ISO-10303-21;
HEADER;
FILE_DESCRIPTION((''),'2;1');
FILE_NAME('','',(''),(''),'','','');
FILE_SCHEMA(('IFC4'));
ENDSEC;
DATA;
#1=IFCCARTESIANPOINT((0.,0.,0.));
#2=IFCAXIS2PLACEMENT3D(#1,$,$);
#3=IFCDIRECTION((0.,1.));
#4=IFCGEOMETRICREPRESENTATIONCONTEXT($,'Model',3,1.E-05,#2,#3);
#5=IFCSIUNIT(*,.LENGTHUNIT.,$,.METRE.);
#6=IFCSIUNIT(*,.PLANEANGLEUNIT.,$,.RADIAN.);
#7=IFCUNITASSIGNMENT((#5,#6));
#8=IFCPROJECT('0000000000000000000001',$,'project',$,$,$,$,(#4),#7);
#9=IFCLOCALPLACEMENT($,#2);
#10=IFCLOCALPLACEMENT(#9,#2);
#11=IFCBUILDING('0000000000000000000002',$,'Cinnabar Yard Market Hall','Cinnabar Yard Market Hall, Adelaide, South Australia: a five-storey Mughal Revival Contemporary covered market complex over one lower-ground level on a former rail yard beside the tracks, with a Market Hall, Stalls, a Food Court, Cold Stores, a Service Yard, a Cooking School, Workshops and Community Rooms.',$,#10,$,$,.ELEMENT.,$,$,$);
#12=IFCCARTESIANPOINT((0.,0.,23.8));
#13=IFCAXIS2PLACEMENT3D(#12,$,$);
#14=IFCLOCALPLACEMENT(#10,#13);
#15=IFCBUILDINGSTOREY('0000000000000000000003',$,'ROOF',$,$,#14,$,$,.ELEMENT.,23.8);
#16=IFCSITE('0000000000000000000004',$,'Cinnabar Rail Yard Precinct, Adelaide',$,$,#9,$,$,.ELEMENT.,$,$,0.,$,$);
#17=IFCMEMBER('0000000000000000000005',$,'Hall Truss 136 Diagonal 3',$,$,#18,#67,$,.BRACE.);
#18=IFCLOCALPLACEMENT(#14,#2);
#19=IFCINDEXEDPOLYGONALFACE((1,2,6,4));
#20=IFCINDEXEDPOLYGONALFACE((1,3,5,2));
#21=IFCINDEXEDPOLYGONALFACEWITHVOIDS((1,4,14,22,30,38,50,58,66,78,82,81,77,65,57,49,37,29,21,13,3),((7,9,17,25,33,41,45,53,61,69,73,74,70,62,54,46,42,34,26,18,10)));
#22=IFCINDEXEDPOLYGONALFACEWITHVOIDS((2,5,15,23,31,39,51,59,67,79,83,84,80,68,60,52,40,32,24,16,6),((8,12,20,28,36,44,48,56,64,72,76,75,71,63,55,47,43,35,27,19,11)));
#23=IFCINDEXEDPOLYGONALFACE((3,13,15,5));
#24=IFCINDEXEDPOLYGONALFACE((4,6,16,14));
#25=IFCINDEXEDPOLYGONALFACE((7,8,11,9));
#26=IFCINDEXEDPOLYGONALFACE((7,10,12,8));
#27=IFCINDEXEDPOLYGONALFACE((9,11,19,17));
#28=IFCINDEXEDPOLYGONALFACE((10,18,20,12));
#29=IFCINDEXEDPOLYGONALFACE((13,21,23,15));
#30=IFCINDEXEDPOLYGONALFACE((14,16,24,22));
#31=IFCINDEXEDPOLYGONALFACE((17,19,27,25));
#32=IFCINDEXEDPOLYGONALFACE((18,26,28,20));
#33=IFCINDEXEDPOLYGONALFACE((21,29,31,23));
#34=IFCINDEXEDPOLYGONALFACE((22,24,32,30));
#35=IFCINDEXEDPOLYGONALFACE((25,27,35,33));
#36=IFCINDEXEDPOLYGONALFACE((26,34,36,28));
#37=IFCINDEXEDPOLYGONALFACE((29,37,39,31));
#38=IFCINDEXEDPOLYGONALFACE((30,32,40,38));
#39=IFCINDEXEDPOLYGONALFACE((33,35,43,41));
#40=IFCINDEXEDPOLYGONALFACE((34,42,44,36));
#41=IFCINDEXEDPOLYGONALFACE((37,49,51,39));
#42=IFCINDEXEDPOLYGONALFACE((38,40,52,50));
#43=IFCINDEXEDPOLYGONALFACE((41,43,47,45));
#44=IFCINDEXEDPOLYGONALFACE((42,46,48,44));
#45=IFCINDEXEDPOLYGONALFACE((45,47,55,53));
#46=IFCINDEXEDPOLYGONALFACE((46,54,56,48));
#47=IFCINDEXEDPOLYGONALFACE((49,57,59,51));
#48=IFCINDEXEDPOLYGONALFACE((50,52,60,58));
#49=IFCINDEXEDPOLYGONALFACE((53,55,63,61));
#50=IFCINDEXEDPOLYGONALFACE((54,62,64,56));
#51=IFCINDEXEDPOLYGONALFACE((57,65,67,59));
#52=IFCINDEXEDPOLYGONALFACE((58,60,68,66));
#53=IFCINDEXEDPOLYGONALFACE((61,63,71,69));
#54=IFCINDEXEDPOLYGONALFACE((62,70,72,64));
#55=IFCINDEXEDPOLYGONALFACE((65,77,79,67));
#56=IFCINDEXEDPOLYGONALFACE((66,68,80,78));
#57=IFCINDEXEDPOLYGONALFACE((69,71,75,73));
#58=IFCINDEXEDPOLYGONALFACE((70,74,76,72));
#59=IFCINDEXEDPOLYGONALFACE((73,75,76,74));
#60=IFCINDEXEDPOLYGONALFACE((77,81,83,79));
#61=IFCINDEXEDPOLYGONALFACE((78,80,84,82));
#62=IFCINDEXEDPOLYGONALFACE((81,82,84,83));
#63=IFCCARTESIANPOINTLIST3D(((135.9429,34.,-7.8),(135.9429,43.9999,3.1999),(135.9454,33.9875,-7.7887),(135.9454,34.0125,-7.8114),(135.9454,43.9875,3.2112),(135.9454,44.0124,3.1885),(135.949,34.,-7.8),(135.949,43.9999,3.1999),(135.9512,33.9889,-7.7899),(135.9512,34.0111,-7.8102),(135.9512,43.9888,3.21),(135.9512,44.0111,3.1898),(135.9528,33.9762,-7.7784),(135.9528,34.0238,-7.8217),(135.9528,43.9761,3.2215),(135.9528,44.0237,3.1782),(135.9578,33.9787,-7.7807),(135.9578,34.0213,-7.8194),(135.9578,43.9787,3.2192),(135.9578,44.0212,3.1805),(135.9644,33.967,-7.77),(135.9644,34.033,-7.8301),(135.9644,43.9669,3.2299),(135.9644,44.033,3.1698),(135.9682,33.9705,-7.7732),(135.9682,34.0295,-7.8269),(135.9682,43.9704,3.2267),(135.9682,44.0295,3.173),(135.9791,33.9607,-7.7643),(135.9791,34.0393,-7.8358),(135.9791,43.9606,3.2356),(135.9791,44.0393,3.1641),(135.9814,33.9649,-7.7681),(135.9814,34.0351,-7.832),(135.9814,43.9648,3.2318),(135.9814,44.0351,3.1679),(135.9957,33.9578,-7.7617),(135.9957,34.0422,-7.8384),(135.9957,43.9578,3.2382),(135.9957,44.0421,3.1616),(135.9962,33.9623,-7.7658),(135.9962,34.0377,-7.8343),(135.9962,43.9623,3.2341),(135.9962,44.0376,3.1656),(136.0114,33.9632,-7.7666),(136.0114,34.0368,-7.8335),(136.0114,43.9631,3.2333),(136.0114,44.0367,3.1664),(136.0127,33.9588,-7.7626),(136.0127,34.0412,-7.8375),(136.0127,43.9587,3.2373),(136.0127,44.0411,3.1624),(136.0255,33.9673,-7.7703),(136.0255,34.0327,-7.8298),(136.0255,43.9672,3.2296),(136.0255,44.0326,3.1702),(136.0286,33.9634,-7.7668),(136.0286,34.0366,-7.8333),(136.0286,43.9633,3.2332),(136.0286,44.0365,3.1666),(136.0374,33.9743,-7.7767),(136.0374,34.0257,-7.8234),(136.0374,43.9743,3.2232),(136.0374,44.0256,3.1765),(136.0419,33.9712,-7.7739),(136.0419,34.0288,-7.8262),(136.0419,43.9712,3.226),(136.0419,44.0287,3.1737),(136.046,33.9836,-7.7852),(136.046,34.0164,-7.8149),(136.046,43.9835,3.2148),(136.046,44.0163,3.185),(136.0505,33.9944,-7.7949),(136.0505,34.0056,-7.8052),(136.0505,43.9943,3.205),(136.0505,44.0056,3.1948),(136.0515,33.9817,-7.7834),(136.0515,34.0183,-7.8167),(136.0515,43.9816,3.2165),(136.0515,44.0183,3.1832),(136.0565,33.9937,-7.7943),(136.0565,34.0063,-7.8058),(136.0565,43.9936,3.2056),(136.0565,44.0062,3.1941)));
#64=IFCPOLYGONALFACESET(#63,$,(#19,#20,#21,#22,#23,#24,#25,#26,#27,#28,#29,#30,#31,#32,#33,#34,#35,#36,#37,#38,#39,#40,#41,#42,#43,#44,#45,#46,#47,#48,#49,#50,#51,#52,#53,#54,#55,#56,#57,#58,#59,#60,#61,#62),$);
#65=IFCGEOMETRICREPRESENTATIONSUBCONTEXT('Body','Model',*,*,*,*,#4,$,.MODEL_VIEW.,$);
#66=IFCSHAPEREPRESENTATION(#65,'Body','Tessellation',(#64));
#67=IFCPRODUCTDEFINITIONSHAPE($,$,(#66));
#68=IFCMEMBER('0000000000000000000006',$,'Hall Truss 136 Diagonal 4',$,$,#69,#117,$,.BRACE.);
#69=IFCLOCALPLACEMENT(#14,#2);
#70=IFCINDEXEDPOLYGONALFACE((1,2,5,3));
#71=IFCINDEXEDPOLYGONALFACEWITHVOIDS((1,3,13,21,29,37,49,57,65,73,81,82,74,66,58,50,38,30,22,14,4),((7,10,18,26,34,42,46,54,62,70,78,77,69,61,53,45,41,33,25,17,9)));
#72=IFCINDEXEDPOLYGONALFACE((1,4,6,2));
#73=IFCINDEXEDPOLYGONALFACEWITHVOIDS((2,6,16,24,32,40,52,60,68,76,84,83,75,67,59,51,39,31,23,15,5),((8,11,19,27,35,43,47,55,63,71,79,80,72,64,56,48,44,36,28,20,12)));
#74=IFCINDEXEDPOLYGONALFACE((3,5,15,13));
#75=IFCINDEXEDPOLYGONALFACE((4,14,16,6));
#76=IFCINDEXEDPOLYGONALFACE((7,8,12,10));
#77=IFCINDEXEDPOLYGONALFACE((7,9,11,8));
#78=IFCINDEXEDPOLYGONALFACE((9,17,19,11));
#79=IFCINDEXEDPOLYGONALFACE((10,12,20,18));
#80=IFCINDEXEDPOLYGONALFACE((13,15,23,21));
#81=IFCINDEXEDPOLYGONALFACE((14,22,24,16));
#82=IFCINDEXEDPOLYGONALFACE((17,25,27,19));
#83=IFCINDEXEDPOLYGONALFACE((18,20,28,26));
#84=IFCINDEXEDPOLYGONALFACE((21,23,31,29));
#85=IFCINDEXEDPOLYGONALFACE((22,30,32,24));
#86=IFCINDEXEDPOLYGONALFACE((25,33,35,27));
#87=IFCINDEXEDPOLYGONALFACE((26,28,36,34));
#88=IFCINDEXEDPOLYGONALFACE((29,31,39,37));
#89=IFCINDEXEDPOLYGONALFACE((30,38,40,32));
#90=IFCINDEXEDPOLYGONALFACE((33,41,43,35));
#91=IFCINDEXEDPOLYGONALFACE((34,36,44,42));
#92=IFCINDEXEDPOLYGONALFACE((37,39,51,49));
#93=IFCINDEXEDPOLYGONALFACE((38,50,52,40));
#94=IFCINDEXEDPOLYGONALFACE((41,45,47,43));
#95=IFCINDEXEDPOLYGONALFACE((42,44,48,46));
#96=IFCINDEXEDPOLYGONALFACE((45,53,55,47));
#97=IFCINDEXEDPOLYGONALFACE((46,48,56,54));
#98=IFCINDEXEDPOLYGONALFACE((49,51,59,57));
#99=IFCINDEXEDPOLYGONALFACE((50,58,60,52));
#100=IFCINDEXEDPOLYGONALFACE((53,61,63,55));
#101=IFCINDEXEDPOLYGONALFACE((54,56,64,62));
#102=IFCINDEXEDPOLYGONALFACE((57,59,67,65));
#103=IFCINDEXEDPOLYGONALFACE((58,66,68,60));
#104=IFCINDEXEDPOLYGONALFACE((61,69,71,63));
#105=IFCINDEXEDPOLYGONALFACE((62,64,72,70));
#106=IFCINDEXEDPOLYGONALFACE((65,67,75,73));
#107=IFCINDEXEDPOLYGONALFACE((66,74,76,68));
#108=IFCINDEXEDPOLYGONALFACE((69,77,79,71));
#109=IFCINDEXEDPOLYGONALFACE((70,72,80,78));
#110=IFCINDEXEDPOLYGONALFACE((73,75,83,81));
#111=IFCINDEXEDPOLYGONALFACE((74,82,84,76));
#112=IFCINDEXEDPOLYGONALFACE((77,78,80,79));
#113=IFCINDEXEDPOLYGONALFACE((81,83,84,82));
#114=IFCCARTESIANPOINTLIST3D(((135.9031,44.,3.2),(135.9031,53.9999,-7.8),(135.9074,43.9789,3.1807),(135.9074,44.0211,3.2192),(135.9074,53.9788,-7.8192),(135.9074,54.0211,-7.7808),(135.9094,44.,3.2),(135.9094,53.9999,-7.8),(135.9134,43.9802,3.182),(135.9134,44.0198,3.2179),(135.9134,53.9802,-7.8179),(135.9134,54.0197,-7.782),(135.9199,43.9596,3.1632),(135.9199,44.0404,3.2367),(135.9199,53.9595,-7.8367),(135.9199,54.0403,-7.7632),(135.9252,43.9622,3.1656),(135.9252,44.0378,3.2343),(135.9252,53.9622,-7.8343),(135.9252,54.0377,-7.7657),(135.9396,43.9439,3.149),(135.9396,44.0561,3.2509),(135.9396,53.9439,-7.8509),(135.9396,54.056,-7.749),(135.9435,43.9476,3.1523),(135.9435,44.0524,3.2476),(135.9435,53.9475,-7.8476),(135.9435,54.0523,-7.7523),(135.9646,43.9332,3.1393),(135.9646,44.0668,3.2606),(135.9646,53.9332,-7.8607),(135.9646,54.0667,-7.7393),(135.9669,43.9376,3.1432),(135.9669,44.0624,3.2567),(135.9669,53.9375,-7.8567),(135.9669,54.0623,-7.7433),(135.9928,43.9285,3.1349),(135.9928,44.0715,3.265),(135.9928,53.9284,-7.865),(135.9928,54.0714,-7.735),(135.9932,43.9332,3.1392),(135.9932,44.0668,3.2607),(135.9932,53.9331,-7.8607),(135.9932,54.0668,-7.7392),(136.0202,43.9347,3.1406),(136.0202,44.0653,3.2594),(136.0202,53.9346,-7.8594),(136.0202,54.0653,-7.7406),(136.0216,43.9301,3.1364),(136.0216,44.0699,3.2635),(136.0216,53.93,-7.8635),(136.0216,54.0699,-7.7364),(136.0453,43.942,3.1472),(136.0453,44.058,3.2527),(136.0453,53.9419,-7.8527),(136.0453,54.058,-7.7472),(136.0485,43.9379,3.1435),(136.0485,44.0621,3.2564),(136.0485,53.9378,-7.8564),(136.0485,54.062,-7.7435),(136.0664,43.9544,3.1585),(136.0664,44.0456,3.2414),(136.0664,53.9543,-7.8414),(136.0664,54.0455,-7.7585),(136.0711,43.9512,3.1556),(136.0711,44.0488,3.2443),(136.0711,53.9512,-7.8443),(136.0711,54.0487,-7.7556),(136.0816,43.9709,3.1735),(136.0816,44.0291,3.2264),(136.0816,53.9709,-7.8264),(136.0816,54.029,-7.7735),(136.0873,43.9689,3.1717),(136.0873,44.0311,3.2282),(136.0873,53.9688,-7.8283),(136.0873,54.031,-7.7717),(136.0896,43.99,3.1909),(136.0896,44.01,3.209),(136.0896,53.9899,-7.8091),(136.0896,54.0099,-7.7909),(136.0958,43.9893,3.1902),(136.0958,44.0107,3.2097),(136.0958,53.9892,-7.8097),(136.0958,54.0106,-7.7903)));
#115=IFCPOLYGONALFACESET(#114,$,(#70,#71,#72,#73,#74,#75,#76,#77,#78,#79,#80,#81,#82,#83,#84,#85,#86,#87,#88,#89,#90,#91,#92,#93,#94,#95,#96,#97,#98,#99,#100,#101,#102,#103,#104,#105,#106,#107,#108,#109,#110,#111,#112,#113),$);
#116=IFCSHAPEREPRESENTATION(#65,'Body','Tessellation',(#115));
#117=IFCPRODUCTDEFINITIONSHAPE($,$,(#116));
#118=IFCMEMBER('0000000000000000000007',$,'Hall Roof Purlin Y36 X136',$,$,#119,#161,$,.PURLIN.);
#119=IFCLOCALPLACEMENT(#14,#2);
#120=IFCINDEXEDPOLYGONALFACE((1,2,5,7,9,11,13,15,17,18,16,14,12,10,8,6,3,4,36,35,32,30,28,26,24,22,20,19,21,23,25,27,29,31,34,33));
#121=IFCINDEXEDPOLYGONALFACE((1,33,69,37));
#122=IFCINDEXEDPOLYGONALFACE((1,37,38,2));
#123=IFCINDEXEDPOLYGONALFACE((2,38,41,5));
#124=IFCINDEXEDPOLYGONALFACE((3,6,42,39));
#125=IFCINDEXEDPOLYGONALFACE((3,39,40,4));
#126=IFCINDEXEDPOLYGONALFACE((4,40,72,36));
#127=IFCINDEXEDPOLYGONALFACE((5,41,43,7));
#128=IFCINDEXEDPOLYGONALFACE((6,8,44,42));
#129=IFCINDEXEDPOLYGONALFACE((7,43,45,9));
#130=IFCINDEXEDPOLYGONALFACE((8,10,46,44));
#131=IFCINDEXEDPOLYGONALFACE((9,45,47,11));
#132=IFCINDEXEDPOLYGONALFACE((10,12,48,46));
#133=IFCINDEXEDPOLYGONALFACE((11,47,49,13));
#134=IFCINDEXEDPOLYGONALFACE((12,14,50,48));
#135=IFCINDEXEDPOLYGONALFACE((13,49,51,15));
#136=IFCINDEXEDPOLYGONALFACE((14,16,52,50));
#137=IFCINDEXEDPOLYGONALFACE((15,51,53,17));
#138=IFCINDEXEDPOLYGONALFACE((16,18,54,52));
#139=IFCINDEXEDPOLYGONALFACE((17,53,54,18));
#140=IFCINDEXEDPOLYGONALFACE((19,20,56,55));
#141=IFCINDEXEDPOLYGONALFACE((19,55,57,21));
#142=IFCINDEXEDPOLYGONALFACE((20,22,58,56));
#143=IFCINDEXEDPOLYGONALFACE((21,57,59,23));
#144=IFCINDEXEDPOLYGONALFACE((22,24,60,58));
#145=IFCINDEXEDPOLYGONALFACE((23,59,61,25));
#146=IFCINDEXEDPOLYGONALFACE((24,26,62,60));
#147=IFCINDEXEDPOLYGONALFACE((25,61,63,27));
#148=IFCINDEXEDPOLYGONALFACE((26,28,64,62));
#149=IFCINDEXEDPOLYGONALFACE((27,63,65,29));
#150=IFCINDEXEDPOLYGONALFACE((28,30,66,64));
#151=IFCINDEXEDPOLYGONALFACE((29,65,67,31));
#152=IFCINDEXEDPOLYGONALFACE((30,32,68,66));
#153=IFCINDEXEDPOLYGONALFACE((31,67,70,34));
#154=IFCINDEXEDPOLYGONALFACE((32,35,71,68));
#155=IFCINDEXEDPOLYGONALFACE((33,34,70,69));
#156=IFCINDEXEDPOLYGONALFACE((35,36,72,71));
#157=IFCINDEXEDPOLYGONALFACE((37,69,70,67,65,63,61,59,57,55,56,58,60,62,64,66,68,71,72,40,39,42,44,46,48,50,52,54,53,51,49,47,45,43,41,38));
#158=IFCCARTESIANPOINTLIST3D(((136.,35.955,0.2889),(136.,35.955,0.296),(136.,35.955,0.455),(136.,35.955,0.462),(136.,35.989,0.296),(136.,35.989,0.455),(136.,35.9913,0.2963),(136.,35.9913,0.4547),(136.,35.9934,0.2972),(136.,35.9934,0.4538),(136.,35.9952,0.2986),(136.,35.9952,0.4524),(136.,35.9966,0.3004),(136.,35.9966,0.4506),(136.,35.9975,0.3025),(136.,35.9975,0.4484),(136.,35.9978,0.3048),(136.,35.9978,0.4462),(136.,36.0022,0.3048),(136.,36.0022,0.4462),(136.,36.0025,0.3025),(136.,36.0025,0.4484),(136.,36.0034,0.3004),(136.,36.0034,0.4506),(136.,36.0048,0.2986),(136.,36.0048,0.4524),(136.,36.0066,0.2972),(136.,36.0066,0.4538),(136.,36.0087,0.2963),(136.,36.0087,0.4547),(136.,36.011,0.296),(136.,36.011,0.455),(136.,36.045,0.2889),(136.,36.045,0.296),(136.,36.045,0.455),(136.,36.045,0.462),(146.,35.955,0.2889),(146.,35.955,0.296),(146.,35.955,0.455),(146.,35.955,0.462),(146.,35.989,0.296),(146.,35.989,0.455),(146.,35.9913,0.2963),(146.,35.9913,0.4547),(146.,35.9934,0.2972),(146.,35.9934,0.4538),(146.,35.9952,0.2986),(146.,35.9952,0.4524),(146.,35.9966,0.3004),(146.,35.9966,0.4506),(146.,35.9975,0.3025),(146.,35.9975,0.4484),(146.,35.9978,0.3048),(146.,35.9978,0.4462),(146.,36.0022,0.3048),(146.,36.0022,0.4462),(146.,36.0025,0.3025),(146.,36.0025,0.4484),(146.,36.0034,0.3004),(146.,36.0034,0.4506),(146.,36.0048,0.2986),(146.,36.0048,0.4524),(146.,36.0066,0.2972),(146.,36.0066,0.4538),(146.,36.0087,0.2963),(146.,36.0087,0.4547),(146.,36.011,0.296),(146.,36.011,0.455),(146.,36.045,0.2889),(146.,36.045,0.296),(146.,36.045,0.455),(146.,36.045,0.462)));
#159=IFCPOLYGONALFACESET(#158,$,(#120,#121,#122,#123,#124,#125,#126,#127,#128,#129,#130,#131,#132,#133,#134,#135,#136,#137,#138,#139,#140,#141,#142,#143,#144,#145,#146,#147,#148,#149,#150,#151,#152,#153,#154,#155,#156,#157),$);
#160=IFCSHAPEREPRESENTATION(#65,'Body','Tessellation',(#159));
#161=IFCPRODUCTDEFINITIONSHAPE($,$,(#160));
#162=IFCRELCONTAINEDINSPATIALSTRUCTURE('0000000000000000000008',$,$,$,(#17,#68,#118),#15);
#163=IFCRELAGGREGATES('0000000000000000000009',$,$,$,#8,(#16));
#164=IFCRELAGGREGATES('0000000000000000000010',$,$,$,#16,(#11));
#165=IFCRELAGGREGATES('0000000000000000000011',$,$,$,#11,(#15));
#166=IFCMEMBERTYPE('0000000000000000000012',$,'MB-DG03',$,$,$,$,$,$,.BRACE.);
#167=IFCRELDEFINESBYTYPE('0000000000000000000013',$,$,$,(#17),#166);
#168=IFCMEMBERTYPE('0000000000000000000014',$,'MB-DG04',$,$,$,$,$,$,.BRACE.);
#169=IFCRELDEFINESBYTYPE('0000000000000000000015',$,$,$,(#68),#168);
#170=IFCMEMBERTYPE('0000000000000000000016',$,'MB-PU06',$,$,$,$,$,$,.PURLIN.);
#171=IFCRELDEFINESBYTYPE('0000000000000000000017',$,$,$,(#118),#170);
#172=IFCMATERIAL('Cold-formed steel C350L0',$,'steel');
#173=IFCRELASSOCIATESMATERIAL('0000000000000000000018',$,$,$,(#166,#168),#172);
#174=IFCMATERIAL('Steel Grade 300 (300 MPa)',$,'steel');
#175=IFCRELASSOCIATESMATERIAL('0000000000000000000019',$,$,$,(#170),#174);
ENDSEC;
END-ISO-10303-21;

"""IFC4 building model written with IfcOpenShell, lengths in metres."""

from ifc_helpers import new_model, si_unit, direction, frame, origin, origin_2d_with_axis, place, context, subcontext, project, spatial, hollow_circle, i_section, extrude, material, material_profile, profile_set, type_object, element, save


model = new_model("IFC4")

# Units and contexts
model_context = context("Model", 3, precision=1e-05, world=origin(), true_north=direction((0.0, 1.0)))
body_context = subcontext(model_context, "Body", "Model", "MODEL_VIEW")
ifc_project = project(units=[si_unit("LENGTHUNIT", "METRE"), si_unit("PLANEANGLEUNIT", "RADIAN")], contexts=[model_context])

# Site, building, storey
site_placement = place(None, origin())
site = spatial("IfcSite", under=ifc_project, at=site_placement, Name="Cinnabar Rail Yard Precinct, Adelaide", CompositionType="ELEMENT", RefElevation=0.0)
building_placement = place(site_placement, origin())
building = spatial("IfcBuilding", under=site, at=building_placement, Name="Cinnabar Yard Market Hall", Description="Cinnabar Yard Market Hall, Adelaide, South Australia: a five-storey Mughal Revival Contemporary covered market complex over one lower-ground level on a former rail yard beside the tracks, with a Market Hall, Stalls, a Food Court, Cold Stores, a Service Yard, a Cooking School, Workshops and Community Rooms.", CompositionType="ELEMENT")
storey_placement = place(building_placement, frame((0.0, 0.0, 23.8)))
storey = spatial("IfcBuildingStorey", under=building, at=storey_placement, Name="ROOF", CompositionType="ELEMENT", Elevation=23.8)

# Shared definitions
ifc_material_1 = material(Name="Steel Grade 300 (300 MPa)", Category="steel")

# Members
ifc_material_2 = material(Name="Cold-formed steel C350L0", Category="steel")
ifc_material_profile_1 = material_profile(ifc_material_2, hollow_circle(Radius=0.0571, WallThickness=0.0061, at=origin_2d_with_axis()), Name="114.3x6.0CHS")
ifc_profile_set_1 = profile_set([ifc_material_profile_1], Name="Cold-formed steel C350L0")
member_type_1 = type_object("IfcMemberType", Name="MB-DG03", PredefinedType="BRACE", material=ifc_profile_set_1)
member_1_placement = place(storey_placement, frame((136.0, 34.0, -7.8), z_axis=(0.0, 0.672673, 0.73994), x_axis=(-1.0, 0.0, 0.0)))
element("IfcMember", 1, at=member_1_placement, inside=storey, type_object=member_type_1, Name="Hall Truss 136 Diagonal 3", PredefinedType="BRACE", context=body_context, shape_type="SweptSolid", body=[
    extrude(hollow_circle(Radius=0.0571, WallThickness=0.0061, at=origin_2d_with_axis()), origin(), (0.0, 0.0, 1.0), 14.866),
])
ifc_material_profile_2 = material_profile(ifc_material_2, hollow_circle(Radius=0.0969, WallThickness=0.0063, at=origin_2d_with_axis()), Name="193.7x6.4CHS")
ifc_profile_set_2 = profile_set([ifc_material_profile_2], Name="Cold-formed steel C350L0")
member_type_2 = type_object("IfcMemberType", Name="MB-DG04", PredefinedType="BRACE", material=ifc_profile_set_2)
member_2_placement = place(storey_placement, frame((136.0, 44.0, 3.2), z_axis=(0.0, 0.672673, -0.73994), x_axis=(-1.0, 0.0, 0.0)))
element("IfcMember", 2, at=member_2_placement, inside=storey, type_object=member_type_2, Name="Hall Truss 136 Diagonal 4", PredefinedType="BRACE", context=body_context, shape_type="SweptSolid", body=[
    extrude(hollow_circle(Radius=0.0969, WallThickness=0.0063, at=origin_2d_with_axis()), origin(), (0.0, 0.0, 1.0), 14.866),
])
ifc_material_profile_3 = material_profile(ifc_material_1, i_section(OverallWidth=0.0901, OverallDepth=0.1731, WebThickness=0.0044, FlangeThickness=0.0071, FilletRadius=0.0088, at=origin_2d_with_axis()), Name="180UB16.1")
ifc_profile_set_3 = profile_set([ifc_material_profile_3], Name="Steel Grade 300 (300 MPa)")
member_type_3 = type_object("IfcMemberType", Name="MB-PU06", PredefinedType="PURLIN", material=ifc_profile_set_3)
member_3_placement = place(storey_placement, frame((136.0, 36.0, 0.3755), z_axis=(1.0, 0.0, 0.0), x_axis=(0.0, 1.0, 0.0)))
element("IfcMember", 3, at=member_3_placement, inside=storey, type_object=member_type_3, Name="Hall Roof Purlin Y36 X136", PredefinedType="PURLIN", context=body_context, shape_type="SweptSolid", body=[
    extrude(i_section(OverallWidth=0.0901, OverallDepth=0.1731, WebThickness=0.0044, FlangeThickness=0.0071, FilletRadius=0.0088, at=origin_2d_with_axis()), origin(), (0.0, 0.0, 1.0), 10.0),
])

save(model, "model.ifc")
